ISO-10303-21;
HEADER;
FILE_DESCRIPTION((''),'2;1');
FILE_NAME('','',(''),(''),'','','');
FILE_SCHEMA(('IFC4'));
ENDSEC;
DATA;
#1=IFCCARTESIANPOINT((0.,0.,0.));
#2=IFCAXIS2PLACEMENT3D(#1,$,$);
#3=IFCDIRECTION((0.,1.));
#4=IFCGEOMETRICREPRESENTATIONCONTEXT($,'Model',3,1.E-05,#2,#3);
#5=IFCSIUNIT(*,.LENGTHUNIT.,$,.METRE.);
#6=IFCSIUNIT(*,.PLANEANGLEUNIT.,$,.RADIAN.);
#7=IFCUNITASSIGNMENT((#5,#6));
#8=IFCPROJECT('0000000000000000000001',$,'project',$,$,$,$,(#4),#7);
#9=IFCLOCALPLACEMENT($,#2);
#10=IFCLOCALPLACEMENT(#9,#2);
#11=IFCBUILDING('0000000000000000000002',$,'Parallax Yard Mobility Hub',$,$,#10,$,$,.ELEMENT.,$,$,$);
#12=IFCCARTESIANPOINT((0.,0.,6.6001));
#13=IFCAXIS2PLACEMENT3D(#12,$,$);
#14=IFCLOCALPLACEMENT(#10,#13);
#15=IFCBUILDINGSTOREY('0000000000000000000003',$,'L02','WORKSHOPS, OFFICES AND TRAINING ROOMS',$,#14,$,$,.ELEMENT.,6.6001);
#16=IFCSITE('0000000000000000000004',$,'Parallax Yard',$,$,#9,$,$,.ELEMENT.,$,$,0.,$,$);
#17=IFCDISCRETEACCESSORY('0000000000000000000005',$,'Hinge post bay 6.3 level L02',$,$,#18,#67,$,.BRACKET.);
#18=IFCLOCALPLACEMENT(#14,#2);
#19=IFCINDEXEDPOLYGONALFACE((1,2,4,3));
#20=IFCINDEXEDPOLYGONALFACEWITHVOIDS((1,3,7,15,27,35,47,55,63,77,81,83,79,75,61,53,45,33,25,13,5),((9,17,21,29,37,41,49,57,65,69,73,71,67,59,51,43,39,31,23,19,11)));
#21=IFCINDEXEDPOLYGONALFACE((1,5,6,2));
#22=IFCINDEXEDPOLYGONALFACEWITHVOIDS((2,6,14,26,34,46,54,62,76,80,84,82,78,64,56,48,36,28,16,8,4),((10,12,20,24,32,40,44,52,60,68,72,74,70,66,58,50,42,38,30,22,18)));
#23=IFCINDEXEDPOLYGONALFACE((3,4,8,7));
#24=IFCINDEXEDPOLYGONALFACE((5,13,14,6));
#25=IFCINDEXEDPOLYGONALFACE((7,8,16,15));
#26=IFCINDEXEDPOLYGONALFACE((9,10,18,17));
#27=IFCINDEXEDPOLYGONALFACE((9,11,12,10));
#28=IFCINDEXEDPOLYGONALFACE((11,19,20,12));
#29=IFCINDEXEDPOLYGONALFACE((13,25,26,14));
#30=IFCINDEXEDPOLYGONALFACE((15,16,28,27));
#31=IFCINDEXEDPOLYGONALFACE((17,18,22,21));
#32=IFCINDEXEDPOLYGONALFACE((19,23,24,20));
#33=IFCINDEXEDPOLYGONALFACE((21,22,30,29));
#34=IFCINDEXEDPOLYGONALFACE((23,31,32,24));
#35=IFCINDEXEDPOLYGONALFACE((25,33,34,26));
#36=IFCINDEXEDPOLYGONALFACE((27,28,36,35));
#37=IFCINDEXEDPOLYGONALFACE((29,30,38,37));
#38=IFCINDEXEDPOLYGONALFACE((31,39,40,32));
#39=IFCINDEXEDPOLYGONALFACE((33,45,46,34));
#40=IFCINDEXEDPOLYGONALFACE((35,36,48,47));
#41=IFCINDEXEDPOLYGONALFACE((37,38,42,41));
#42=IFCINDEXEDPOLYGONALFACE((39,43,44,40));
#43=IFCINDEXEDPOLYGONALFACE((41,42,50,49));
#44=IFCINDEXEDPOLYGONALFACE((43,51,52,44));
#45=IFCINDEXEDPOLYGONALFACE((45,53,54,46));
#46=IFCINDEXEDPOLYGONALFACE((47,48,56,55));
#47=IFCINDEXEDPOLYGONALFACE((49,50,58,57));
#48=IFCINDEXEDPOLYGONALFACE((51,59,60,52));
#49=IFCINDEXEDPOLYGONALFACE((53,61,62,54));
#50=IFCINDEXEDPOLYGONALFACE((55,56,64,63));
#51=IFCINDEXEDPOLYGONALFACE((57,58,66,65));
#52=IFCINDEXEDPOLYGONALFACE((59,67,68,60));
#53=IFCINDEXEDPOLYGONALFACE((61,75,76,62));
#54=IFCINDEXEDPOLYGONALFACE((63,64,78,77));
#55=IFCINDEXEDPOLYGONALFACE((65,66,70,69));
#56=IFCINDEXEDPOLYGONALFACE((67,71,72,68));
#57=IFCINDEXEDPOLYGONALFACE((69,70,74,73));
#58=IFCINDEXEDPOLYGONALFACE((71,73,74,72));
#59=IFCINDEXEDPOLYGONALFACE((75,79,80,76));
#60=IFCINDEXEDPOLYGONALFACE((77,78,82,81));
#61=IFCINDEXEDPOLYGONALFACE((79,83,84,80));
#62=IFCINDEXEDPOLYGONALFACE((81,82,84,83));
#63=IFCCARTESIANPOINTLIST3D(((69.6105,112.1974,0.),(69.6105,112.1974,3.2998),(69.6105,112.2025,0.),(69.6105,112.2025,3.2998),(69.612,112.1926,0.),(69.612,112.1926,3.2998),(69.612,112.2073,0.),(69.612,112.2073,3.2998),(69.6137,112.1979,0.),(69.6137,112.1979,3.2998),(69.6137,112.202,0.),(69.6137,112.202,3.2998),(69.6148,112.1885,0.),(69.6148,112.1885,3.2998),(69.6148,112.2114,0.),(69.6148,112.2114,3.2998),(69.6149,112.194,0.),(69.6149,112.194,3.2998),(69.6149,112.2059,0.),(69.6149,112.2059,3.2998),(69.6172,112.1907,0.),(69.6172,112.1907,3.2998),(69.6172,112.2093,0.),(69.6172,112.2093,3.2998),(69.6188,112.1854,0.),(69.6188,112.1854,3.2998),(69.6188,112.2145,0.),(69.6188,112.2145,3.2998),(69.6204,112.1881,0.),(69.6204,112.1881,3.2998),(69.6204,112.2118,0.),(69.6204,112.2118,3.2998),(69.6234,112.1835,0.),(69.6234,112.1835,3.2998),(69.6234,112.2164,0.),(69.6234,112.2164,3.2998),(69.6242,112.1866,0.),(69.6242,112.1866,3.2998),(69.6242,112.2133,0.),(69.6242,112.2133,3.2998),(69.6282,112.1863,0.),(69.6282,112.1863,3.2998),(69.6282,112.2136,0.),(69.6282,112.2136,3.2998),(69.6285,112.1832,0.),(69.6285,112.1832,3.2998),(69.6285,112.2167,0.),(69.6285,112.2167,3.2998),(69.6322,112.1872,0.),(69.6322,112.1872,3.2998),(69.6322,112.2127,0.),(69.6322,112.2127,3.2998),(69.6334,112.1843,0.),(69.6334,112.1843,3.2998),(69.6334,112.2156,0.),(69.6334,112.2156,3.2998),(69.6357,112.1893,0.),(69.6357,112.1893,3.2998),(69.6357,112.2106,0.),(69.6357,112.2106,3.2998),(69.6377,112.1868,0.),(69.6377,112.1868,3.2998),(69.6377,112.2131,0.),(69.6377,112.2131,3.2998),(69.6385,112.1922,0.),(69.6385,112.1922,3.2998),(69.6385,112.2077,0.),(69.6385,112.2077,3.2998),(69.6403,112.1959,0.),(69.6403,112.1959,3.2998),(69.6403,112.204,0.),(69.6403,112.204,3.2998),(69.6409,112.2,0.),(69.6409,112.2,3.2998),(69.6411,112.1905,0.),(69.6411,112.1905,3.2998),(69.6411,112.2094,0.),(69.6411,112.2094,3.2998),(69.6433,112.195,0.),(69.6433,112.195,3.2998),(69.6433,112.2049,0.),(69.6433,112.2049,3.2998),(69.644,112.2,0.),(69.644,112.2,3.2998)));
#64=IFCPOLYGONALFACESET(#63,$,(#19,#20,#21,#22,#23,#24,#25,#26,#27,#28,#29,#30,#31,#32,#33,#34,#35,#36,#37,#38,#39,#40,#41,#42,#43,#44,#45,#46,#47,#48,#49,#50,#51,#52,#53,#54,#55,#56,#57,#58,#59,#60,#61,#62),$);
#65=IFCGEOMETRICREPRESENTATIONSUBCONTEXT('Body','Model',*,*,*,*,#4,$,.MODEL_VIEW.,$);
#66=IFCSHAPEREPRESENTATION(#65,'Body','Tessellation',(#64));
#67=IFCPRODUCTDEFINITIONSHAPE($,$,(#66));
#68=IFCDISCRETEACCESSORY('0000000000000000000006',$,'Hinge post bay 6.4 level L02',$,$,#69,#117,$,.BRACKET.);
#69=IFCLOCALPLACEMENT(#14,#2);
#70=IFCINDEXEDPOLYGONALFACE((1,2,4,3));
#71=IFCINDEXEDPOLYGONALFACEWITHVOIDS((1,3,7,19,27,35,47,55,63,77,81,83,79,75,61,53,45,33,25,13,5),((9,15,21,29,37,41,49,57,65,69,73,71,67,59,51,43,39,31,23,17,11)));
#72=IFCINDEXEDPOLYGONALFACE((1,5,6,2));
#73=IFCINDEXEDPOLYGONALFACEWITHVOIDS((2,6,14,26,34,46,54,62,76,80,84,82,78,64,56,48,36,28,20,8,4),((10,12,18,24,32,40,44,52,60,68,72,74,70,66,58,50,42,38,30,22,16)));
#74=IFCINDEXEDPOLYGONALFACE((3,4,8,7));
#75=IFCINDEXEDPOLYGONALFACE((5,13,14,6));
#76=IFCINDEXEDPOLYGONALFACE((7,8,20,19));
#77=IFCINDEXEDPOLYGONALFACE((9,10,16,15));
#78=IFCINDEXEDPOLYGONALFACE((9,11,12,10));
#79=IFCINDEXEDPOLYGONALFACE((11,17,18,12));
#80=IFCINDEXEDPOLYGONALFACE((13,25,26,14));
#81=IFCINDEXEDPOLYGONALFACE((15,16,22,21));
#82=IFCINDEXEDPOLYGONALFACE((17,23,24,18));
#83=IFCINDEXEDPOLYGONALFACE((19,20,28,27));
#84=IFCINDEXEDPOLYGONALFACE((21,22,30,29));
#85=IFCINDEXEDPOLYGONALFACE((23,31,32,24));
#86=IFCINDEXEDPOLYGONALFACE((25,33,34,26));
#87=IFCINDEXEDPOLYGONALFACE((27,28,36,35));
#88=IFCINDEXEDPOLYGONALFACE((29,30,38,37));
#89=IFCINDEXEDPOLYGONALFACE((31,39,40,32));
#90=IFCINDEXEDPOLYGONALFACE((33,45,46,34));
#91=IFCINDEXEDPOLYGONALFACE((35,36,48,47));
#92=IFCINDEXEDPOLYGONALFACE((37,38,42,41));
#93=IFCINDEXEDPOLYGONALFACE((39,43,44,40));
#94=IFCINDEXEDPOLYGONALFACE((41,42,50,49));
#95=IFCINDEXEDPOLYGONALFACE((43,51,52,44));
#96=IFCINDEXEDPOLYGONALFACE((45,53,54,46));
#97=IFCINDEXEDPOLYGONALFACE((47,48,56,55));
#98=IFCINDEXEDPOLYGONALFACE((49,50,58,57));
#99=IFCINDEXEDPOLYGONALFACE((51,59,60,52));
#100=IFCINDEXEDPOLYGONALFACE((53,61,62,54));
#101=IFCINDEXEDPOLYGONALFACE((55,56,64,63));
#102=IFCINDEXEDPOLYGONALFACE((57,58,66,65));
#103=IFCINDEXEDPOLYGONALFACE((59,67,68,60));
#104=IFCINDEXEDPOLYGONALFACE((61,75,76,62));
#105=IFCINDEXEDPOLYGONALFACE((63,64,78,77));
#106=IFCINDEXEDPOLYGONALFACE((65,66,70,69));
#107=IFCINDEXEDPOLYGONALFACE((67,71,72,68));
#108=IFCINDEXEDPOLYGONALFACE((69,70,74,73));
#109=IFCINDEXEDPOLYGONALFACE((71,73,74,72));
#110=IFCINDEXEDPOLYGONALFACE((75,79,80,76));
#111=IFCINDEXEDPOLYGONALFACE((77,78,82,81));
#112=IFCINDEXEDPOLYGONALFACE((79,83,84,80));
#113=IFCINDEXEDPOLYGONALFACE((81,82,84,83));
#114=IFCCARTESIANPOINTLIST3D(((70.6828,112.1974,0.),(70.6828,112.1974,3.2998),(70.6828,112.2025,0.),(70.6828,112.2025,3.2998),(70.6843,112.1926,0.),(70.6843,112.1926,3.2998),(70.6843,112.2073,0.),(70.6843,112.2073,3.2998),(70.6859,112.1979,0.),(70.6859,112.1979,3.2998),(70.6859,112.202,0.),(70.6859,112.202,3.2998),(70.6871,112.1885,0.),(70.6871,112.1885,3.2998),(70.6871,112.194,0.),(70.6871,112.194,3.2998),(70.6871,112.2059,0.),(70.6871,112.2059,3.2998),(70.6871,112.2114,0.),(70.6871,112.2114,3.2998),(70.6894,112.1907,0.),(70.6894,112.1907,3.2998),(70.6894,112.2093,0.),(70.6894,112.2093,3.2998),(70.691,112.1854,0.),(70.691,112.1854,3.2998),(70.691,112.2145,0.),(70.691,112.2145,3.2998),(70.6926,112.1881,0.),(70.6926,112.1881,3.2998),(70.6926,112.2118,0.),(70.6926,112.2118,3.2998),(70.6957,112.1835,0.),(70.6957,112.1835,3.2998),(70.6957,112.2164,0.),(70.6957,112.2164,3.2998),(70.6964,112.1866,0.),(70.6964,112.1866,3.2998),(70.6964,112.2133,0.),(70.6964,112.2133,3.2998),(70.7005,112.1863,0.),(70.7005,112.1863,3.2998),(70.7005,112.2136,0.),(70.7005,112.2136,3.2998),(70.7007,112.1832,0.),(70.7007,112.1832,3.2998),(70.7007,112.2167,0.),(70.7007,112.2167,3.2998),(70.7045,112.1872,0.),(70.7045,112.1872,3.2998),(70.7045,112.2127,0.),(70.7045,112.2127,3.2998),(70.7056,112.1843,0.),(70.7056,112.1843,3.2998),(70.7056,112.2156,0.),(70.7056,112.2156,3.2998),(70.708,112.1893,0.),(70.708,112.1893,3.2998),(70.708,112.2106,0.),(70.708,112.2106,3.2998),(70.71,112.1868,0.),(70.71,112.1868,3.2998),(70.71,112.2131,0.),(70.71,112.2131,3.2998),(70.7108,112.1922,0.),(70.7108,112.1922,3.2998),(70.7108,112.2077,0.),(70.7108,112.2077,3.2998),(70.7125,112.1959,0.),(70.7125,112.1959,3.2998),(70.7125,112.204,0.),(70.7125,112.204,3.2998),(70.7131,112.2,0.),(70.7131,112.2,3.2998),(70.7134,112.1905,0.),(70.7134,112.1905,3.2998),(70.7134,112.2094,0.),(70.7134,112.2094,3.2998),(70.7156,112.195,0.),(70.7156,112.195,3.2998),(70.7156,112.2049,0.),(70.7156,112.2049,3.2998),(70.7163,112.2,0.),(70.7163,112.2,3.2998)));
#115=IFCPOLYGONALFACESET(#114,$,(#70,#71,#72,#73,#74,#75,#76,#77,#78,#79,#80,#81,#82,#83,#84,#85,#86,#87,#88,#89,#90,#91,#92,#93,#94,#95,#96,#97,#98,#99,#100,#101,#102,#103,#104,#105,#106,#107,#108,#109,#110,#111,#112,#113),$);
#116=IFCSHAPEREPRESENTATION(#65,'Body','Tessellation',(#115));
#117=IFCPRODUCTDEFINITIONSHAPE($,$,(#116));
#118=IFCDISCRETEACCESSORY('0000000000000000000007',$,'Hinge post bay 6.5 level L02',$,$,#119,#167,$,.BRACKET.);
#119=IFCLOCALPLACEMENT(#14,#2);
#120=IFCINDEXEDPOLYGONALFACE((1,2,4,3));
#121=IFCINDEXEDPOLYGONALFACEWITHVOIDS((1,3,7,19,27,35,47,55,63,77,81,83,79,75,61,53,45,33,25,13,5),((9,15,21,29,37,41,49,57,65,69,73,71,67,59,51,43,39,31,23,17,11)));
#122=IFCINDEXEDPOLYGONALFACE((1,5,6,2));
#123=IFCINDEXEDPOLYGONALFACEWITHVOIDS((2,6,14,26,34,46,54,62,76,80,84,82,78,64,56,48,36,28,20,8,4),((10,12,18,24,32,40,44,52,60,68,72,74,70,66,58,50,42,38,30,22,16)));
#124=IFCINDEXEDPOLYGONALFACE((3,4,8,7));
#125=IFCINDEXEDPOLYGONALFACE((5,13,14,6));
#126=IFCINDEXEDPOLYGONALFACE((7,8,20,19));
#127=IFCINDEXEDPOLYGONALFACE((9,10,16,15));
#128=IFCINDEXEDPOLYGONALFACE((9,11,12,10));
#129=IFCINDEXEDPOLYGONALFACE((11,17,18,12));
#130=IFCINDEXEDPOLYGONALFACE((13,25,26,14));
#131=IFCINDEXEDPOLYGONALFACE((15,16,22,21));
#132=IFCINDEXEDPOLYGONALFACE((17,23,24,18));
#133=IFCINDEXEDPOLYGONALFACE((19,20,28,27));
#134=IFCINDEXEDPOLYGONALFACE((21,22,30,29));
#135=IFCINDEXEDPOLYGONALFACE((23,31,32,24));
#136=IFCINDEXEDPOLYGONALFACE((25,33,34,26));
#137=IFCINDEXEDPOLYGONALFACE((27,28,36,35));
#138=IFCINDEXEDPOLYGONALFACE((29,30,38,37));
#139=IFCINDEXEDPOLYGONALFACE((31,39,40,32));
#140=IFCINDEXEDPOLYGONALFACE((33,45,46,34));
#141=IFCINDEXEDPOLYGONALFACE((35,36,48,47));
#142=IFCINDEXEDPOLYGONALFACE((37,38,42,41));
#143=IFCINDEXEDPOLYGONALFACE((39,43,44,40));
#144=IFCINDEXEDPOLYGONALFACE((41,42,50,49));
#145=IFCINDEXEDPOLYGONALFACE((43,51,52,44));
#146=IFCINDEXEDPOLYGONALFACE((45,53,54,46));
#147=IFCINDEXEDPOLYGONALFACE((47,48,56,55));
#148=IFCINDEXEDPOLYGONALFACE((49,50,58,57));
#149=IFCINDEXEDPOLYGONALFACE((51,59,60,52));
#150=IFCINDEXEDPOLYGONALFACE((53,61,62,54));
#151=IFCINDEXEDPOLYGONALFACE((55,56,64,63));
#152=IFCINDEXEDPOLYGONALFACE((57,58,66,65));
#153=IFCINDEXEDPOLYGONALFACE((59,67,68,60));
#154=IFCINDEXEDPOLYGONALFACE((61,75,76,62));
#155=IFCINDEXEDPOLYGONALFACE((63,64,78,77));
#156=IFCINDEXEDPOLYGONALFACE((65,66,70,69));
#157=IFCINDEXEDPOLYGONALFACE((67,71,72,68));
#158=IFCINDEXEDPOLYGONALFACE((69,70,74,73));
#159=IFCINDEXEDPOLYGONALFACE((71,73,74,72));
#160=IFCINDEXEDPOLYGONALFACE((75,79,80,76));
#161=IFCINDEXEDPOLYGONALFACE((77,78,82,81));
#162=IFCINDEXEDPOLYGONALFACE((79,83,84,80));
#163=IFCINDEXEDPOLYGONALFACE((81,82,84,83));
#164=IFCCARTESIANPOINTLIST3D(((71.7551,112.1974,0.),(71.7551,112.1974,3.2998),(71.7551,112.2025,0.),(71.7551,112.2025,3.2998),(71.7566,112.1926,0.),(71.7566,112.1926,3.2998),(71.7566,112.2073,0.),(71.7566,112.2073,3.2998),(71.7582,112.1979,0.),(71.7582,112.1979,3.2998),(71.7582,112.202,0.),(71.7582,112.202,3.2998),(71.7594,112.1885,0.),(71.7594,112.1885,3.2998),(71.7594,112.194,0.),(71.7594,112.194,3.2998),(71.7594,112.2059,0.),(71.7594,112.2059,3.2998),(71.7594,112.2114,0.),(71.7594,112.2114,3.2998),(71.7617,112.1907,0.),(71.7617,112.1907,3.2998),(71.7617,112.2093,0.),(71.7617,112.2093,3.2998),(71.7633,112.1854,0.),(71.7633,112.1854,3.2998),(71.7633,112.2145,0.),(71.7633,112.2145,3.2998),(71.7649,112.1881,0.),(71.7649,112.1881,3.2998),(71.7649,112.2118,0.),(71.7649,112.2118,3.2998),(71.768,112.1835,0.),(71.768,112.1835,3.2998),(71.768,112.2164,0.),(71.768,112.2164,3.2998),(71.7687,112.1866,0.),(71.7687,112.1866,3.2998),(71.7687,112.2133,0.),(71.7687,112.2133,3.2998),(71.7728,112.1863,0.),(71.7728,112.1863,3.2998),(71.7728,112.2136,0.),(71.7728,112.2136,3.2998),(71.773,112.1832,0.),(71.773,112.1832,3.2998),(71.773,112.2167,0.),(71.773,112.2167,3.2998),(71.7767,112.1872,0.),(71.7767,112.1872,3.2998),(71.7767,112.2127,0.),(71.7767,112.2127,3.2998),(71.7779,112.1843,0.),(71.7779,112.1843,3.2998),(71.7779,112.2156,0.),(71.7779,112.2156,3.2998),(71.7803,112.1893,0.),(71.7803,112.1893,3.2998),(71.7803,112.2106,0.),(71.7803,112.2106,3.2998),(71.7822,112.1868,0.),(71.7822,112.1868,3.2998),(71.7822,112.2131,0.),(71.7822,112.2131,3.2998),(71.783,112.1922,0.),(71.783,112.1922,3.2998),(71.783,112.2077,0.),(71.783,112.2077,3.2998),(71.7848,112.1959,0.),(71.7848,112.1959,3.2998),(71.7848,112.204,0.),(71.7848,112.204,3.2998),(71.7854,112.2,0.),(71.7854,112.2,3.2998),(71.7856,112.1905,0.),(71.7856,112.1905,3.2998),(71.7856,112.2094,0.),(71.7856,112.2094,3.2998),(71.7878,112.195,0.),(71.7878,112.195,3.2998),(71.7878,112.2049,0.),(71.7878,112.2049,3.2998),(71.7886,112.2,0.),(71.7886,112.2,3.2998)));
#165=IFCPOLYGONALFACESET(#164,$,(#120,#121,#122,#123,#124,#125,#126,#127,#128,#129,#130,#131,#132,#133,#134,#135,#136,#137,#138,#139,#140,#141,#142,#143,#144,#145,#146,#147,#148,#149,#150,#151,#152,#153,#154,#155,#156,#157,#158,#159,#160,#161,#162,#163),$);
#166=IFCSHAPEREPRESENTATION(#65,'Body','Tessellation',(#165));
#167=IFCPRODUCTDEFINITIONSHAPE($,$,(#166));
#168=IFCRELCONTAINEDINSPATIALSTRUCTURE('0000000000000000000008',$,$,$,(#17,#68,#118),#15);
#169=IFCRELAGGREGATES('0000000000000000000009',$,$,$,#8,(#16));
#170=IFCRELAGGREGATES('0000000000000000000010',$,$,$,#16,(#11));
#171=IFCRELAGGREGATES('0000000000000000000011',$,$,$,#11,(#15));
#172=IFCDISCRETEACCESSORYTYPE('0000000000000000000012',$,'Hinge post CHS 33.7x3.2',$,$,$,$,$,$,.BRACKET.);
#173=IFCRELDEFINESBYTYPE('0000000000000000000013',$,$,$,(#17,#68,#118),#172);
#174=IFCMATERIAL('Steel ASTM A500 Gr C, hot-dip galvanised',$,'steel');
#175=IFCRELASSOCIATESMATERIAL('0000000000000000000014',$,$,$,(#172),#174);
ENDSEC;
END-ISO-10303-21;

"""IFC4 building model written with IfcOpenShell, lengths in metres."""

from ifc_helpers import new_model, si_unit, direction, frame, origin, origin_2d, place, context, subcontext, project, spatial, hollow_circle, extrude, material, material_profile, profile_set, type_object, element, save


model = new_model("IFC4")

# Units and contexts
model_context = context("Model", 3, precision=1e-05, world=origin(), true_north=direction((0.0, 1.0)))
body_context = subcontext(model_context, "Body", "Model", "MODEL_VIEW")
ifc_project = project(units=[si_unit("LENGTHUNIT", "METRE"), si_unit("PLANEANGLEUNIT", "RADIAN")], contexts=[model_context])

# Site, building, storey
site_placement = place(None, origin())
site = spatial("IfcSite", under=ifc_project, at=site_placement, Name="Parallax Yard", CompositionType="ELEMENT", RefElevation=0.0)
building_placement = place(site_placement, origin())
building = spatial("IfcBuilding", under=site, at=building_placement, Name="Parallax Yard Mobility Hub", CompositionType="ELEMENT")
storey_placement = place(building_placement, frame((0.0, 0.0, 6.6001)))
storey = spatial("IfcBuildingStorey", under=building, at=storey_placement, Name="L02", Description="WORKSHOPS, OFFICES AND TRAINING ROOMS", CompositionType="ELEMENT", Elevation=6.6001)

# Discrete accessories
ifc_material_1 = material(Name="Steel ASTM A500 Gr C, hot-dip galvanised", Category="steel")
ifc_material_profile_1 = material_profile(ifc_material_1, hollow_circle(Radius=0.0168, WallThickness=0.0032, at=origin_2d()), Name="CHS 33.7x3.2")
ifc_profile_set_1 = profile_set([ifc_material_profile_1], Name="Steel ASTM A500 Gr C, hot-dip galvanised")
discrete_accessory_type_1 = type_object("IfcDiscreteAccessoryType", Name="Hinge post CHS 33.7x3.2", PredefinedType="BRACKET", material=ifc_profile_set_1)
for number, where, z_axis, x_axis, name in (
    (1, (69.6272, 112.2, 0.0), (0.0, 0.0, 1.0), (1.0, 0.0, 0.0), "Hinge post bay 6.3 level L02"),
    (2, (70.6995, 112.2, 0.0), (0.0, 0.0, 1.0), (1.0, 0.0, 0.0), "Hinge post bay 6.4 level L02"),
    (3, (71.7717, 112.2, 0.0), (0.0, 0.0, 1.0), (1.0, 0.0, 0.0), "Hinge post bay 6.5 level L02"),
):
    element("IfcDiscreteAccessory", number, at=place(storey_placement, frame(where, z_axis=z_axis, x_axis=x_axis)), inside=storey, type_object=discrete_accessory_type_1, Name=name, PredefinedType="BRACKET", context=body_context, shape_type="SweptSolid", body=[
        extrude(hollow_circle(Radius=0.0168, WallThickness=0.0032, at=origin_2d()), origin(), (0.0, 0.0, 1.0), 3.2998),
    ])

save(model, "model.ifc")
